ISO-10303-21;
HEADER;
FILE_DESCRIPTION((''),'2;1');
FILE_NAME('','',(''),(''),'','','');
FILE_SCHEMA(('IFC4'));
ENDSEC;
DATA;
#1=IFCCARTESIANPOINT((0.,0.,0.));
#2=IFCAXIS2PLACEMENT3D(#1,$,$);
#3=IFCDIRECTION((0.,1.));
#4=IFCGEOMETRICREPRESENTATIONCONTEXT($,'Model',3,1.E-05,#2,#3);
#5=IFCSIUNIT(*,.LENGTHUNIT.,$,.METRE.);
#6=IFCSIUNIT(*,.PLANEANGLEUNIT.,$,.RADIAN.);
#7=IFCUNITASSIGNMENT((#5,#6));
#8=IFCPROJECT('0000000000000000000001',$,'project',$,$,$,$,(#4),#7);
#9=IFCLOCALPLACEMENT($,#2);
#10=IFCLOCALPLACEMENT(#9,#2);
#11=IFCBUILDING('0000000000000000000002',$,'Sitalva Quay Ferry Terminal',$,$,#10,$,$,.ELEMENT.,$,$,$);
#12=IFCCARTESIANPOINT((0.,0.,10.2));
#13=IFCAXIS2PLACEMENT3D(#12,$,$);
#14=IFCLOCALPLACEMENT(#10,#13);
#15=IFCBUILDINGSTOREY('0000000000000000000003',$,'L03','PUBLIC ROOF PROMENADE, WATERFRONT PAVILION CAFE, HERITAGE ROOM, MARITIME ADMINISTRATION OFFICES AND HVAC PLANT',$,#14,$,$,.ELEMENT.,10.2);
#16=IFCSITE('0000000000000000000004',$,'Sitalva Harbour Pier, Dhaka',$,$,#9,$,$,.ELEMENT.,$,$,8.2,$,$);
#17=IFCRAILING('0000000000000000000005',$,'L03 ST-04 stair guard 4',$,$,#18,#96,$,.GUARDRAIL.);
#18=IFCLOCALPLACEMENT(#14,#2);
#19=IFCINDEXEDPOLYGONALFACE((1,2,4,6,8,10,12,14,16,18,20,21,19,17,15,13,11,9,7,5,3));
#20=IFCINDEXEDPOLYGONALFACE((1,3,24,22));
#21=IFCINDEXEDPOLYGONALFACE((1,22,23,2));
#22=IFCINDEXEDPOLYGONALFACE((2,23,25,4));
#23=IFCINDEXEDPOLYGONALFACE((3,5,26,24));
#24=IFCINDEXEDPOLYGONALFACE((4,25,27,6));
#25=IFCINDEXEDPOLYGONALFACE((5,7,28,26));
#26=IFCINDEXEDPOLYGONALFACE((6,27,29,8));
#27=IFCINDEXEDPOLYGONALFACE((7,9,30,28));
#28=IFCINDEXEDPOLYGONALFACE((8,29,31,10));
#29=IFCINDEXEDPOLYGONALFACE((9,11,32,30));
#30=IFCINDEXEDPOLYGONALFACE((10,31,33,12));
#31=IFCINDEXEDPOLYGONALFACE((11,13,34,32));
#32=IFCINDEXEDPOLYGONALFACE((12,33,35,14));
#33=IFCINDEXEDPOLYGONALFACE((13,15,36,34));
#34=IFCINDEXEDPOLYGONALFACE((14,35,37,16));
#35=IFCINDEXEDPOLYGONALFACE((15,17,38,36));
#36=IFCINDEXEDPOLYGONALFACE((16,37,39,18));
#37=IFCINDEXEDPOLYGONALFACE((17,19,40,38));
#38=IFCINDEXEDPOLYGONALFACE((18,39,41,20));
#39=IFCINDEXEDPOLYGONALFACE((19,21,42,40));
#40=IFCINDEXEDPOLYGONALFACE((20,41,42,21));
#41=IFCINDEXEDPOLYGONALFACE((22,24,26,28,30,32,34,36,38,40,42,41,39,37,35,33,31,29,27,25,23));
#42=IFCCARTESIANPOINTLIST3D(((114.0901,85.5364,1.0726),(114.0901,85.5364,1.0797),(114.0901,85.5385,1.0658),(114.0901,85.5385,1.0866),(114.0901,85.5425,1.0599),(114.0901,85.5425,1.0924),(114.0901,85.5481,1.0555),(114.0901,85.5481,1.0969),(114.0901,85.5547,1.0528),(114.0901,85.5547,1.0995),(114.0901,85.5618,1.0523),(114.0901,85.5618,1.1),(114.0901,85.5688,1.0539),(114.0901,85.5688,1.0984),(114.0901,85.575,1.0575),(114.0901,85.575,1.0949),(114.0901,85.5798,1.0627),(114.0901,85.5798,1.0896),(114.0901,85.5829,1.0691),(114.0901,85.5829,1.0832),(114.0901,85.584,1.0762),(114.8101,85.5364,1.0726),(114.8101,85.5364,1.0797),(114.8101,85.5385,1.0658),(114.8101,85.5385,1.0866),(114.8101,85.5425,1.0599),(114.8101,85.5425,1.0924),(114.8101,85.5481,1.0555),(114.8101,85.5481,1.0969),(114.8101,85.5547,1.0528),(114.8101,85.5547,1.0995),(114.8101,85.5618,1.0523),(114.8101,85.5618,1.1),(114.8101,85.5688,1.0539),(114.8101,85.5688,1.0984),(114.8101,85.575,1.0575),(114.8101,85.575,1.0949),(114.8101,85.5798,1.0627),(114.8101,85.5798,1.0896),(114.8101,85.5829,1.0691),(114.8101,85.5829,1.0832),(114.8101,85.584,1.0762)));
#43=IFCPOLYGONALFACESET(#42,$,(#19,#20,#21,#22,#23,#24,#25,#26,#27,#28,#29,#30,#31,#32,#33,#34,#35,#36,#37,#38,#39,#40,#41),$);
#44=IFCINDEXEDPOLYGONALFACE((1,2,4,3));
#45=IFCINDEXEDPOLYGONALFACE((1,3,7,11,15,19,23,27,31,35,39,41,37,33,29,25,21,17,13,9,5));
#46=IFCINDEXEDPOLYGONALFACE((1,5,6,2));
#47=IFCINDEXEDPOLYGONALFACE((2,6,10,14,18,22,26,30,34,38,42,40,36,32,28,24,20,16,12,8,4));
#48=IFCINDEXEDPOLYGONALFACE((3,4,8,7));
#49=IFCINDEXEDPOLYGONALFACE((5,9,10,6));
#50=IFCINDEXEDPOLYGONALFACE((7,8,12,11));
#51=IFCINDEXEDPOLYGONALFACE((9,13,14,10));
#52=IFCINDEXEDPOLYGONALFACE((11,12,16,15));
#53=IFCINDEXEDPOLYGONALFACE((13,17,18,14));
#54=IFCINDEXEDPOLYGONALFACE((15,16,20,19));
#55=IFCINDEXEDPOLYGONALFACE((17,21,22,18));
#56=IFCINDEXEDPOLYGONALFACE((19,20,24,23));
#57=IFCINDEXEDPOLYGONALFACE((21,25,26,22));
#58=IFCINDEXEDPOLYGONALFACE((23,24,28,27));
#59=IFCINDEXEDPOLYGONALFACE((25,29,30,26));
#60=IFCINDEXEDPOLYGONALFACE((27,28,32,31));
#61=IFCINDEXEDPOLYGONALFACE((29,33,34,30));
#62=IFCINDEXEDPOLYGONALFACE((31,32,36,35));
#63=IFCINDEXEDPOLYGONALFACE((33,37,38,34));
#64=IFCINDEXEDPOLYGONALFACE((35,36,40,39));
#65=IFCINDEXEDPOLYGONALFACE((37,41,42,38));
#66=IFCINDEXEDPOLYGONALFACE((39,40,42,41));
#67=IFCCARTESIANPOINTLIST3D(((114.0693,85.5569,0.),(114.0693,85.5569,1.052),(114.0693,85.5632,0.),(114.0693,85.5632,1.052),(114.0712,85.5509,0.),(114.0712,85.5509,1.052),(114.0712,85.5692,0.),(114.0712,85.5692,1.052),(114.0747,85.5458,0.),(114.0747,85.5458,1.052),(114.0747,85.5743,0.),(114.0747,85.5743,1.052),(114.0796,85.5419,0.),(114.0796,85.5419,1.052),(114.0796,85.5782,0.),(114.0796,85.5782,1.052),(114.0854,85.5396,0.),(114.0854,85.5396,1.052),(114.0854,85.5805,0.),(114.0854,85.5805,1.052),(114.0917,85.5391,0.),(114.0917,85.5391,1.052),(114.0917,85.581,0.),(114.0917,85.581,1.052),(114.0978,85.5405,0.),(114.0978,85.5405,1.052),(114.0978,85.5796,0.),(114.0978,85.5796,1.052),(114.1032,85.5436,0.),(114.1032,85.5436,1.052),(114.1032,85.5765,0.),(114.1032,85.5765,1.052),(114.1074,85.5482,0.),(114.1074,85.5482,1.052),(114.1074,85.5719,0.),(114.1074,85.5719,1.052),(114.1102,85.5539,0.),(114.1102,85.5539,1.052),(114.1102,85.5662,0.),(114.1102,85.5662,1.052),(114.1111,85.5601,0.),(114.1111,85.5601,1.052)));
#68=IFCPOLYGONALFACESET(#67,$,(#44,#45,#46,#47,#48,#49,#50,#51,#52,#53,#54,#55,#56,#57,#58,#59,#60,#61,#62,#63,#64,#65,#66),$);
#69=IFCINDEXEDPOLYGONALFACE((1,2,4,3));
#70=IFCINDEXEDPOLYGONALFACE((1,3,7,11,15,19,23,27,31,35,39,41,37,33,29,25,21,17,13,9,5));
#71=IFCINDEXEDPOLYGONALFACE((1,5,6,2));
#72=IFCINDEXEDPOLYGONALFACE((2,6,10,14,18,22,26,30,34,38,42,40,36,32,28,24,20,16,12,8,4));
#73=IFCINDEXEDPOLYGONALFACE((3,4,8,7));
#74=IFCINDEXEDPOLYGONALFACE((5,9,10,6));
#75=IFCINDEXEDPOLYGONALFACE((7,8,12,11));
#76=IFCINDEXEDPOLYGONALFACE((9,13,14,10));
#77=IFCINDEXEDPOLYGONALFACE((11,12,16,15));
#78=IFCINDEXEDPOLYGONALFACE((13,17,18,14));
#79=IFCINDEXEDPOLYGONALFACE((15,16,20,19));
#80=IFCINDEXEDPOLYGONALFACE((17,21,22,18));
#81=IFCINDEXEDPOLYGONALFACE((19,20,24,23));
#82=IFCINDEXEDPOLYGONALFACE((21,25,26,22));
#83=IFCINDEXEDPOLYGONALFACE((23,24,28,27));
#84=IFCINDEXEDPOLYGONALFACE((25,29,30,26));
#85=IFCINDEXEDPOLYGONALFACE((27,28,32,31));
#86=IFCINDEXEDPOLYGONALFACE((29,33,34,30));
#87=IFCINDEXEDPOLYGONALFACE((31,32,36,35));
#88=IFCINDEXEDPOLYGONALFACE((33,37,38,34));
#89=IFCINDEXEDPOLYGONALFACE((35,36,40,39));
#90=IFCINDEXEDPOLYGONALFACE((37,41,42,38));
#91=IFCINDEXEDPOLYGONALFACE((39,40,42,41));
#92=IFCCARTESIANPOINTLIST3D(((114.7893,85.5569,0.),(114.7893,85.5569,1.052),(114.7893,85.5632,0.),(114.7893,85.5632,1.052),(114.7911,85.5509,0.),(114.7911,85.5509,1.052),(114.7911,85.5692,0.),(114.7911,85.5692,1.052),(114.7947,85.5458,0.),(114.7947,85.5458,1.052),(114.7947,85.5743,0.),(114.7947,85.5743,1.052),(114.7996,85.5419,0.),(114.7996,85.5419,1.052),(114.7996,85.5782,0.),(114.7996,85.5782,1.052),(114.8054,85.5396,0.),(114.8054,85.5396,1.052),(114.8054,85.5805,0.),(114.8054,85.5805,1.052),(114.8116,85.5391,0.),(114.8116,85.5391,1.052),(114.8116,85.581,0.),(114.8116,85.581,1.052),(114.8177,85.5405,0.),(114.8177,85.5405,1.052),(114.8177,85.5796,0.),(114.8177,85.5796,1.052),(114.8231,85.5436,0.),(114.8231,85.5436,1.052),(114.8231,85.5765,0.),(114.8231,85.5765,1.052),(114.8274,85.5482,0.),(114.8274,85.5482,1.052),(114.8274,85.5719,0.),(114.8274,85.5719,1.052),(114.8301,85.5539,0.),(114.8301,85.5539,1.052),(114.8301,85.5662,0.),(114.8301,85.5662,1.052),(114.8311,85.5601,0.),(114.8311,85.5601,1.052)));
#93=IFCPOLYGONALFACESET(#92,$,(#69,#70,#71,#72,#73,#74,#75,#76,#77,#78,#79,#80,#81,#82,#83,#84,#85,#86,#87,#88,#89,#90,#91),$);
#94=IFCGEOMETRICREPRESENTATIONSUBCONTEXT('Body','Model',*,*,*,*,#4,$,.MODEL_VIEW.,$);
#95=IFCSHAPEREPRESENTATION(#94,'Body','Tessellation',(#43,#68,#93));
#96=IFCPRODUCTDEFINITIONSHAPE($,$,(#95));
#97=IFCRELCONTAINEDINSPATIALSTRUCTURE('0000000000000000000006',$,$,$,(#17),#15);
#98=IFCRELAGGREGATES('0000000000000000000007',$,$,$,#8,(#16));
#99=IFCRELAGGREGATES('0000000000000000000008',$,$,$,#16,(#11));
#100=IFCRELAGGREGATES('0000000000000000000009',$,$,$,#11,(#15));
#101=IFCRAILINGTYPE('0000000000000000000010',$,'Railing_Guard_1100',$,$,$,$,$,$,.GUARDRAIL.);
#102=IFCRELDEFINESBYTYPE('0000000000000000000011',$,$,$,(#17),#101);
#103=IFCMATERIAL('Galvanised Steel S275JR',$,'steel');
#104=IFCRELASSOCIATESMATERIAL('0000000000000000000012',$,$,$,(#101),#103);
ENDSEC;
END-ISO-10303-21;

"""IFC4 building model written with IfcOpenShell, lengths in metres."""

from ifc_helpers import new_model, si_unit, direction, frame, origin, origin_2d, place, context, subcontext, project, spatial, circle, extrude, material, type_object, element, save


model = new_model("IFC4")

# Units and contexts
model_context = context("Model", 3, precision=1e-05, world=origin(), true_north=direction((0.0, 1.0)))
body_context = subcontext(model_context, "Body", "Model", "MODEL_VIEW")
ifc_project = project(units=[si_unit("LENGTHUNIT", "METRE"), si_unit("PLANEANGLEUNIT", "RADIAN")], contexts=[model_context])

# Site, building, storey
site_placement = place(None, origin())
site = spatial("IfcSite", under=ifc_project, at=site_placement, Name="Sitalva Harbour Pier, Dhaka", CompositionType="ELEMENT", RefElevation=8.2)
building_placement = place(site_placement, origin())
building = spatial("IfcBuilding", under=site, at=building_placement, Name="Sitalva Quay Ferry Terminal", CompositionType="ELEMENT")
storey_placement = place(building_placement, frame((0.0, 0.0, 10.2)))
storey = spatial("IfcBuildingStorey", under=building, at=storey_placement, Name="L03", Description="PUBLIC ROOF PROMENADE, WATERFRONT PAVILION CAFE, HERITAGE ROOM, MARITIME ADMINISTRATION OFFICES AND HVAC PLANT", CompositionType="ELEMENT", Elevation=10.2)

# Railing
ifc_material_1 = material(Name="Galvanised Steel S275JR", Category="steel")
railing_type_1 = type_object("IfcRailingType", Name="Railing_Guard_1100", PredefinedType="GUARDRAIL", material=ifc_material_1)
railing_1_placement = place(storey_placement, frame((114.0901, 85.5601, 0.0)))
element("IfcRailing", 1, at=railing_1_placement, inside=storey, type_object=railing_type_1, Name="L03 ST-04 stair guard 4", PredefinedType="GUARDRAIL", context=body_context, shape_type="SweptSolid", body=[
    extrude(circle(Radius=0.0239, at=origin_2d()), frame((0.0, 0.0, 1.0762), z_axis=(1.0, 0.0, 0.0), x_axis=(0.0, 1.0, 0.0)), (0.0, 0.0, 1.0), 0.72),
    extrude(circle(Radius=0.021, at=origin_2d()), origin(), (0.0, 0.0, 1.0), 1.052),
    extrude(circle(Radius=0.021, at=origin_2d()), frame((0.72, 0.0, 0.0)), (0.0, 0.0, 1.0), 1.052),
])

save(model, "model.ifc")
